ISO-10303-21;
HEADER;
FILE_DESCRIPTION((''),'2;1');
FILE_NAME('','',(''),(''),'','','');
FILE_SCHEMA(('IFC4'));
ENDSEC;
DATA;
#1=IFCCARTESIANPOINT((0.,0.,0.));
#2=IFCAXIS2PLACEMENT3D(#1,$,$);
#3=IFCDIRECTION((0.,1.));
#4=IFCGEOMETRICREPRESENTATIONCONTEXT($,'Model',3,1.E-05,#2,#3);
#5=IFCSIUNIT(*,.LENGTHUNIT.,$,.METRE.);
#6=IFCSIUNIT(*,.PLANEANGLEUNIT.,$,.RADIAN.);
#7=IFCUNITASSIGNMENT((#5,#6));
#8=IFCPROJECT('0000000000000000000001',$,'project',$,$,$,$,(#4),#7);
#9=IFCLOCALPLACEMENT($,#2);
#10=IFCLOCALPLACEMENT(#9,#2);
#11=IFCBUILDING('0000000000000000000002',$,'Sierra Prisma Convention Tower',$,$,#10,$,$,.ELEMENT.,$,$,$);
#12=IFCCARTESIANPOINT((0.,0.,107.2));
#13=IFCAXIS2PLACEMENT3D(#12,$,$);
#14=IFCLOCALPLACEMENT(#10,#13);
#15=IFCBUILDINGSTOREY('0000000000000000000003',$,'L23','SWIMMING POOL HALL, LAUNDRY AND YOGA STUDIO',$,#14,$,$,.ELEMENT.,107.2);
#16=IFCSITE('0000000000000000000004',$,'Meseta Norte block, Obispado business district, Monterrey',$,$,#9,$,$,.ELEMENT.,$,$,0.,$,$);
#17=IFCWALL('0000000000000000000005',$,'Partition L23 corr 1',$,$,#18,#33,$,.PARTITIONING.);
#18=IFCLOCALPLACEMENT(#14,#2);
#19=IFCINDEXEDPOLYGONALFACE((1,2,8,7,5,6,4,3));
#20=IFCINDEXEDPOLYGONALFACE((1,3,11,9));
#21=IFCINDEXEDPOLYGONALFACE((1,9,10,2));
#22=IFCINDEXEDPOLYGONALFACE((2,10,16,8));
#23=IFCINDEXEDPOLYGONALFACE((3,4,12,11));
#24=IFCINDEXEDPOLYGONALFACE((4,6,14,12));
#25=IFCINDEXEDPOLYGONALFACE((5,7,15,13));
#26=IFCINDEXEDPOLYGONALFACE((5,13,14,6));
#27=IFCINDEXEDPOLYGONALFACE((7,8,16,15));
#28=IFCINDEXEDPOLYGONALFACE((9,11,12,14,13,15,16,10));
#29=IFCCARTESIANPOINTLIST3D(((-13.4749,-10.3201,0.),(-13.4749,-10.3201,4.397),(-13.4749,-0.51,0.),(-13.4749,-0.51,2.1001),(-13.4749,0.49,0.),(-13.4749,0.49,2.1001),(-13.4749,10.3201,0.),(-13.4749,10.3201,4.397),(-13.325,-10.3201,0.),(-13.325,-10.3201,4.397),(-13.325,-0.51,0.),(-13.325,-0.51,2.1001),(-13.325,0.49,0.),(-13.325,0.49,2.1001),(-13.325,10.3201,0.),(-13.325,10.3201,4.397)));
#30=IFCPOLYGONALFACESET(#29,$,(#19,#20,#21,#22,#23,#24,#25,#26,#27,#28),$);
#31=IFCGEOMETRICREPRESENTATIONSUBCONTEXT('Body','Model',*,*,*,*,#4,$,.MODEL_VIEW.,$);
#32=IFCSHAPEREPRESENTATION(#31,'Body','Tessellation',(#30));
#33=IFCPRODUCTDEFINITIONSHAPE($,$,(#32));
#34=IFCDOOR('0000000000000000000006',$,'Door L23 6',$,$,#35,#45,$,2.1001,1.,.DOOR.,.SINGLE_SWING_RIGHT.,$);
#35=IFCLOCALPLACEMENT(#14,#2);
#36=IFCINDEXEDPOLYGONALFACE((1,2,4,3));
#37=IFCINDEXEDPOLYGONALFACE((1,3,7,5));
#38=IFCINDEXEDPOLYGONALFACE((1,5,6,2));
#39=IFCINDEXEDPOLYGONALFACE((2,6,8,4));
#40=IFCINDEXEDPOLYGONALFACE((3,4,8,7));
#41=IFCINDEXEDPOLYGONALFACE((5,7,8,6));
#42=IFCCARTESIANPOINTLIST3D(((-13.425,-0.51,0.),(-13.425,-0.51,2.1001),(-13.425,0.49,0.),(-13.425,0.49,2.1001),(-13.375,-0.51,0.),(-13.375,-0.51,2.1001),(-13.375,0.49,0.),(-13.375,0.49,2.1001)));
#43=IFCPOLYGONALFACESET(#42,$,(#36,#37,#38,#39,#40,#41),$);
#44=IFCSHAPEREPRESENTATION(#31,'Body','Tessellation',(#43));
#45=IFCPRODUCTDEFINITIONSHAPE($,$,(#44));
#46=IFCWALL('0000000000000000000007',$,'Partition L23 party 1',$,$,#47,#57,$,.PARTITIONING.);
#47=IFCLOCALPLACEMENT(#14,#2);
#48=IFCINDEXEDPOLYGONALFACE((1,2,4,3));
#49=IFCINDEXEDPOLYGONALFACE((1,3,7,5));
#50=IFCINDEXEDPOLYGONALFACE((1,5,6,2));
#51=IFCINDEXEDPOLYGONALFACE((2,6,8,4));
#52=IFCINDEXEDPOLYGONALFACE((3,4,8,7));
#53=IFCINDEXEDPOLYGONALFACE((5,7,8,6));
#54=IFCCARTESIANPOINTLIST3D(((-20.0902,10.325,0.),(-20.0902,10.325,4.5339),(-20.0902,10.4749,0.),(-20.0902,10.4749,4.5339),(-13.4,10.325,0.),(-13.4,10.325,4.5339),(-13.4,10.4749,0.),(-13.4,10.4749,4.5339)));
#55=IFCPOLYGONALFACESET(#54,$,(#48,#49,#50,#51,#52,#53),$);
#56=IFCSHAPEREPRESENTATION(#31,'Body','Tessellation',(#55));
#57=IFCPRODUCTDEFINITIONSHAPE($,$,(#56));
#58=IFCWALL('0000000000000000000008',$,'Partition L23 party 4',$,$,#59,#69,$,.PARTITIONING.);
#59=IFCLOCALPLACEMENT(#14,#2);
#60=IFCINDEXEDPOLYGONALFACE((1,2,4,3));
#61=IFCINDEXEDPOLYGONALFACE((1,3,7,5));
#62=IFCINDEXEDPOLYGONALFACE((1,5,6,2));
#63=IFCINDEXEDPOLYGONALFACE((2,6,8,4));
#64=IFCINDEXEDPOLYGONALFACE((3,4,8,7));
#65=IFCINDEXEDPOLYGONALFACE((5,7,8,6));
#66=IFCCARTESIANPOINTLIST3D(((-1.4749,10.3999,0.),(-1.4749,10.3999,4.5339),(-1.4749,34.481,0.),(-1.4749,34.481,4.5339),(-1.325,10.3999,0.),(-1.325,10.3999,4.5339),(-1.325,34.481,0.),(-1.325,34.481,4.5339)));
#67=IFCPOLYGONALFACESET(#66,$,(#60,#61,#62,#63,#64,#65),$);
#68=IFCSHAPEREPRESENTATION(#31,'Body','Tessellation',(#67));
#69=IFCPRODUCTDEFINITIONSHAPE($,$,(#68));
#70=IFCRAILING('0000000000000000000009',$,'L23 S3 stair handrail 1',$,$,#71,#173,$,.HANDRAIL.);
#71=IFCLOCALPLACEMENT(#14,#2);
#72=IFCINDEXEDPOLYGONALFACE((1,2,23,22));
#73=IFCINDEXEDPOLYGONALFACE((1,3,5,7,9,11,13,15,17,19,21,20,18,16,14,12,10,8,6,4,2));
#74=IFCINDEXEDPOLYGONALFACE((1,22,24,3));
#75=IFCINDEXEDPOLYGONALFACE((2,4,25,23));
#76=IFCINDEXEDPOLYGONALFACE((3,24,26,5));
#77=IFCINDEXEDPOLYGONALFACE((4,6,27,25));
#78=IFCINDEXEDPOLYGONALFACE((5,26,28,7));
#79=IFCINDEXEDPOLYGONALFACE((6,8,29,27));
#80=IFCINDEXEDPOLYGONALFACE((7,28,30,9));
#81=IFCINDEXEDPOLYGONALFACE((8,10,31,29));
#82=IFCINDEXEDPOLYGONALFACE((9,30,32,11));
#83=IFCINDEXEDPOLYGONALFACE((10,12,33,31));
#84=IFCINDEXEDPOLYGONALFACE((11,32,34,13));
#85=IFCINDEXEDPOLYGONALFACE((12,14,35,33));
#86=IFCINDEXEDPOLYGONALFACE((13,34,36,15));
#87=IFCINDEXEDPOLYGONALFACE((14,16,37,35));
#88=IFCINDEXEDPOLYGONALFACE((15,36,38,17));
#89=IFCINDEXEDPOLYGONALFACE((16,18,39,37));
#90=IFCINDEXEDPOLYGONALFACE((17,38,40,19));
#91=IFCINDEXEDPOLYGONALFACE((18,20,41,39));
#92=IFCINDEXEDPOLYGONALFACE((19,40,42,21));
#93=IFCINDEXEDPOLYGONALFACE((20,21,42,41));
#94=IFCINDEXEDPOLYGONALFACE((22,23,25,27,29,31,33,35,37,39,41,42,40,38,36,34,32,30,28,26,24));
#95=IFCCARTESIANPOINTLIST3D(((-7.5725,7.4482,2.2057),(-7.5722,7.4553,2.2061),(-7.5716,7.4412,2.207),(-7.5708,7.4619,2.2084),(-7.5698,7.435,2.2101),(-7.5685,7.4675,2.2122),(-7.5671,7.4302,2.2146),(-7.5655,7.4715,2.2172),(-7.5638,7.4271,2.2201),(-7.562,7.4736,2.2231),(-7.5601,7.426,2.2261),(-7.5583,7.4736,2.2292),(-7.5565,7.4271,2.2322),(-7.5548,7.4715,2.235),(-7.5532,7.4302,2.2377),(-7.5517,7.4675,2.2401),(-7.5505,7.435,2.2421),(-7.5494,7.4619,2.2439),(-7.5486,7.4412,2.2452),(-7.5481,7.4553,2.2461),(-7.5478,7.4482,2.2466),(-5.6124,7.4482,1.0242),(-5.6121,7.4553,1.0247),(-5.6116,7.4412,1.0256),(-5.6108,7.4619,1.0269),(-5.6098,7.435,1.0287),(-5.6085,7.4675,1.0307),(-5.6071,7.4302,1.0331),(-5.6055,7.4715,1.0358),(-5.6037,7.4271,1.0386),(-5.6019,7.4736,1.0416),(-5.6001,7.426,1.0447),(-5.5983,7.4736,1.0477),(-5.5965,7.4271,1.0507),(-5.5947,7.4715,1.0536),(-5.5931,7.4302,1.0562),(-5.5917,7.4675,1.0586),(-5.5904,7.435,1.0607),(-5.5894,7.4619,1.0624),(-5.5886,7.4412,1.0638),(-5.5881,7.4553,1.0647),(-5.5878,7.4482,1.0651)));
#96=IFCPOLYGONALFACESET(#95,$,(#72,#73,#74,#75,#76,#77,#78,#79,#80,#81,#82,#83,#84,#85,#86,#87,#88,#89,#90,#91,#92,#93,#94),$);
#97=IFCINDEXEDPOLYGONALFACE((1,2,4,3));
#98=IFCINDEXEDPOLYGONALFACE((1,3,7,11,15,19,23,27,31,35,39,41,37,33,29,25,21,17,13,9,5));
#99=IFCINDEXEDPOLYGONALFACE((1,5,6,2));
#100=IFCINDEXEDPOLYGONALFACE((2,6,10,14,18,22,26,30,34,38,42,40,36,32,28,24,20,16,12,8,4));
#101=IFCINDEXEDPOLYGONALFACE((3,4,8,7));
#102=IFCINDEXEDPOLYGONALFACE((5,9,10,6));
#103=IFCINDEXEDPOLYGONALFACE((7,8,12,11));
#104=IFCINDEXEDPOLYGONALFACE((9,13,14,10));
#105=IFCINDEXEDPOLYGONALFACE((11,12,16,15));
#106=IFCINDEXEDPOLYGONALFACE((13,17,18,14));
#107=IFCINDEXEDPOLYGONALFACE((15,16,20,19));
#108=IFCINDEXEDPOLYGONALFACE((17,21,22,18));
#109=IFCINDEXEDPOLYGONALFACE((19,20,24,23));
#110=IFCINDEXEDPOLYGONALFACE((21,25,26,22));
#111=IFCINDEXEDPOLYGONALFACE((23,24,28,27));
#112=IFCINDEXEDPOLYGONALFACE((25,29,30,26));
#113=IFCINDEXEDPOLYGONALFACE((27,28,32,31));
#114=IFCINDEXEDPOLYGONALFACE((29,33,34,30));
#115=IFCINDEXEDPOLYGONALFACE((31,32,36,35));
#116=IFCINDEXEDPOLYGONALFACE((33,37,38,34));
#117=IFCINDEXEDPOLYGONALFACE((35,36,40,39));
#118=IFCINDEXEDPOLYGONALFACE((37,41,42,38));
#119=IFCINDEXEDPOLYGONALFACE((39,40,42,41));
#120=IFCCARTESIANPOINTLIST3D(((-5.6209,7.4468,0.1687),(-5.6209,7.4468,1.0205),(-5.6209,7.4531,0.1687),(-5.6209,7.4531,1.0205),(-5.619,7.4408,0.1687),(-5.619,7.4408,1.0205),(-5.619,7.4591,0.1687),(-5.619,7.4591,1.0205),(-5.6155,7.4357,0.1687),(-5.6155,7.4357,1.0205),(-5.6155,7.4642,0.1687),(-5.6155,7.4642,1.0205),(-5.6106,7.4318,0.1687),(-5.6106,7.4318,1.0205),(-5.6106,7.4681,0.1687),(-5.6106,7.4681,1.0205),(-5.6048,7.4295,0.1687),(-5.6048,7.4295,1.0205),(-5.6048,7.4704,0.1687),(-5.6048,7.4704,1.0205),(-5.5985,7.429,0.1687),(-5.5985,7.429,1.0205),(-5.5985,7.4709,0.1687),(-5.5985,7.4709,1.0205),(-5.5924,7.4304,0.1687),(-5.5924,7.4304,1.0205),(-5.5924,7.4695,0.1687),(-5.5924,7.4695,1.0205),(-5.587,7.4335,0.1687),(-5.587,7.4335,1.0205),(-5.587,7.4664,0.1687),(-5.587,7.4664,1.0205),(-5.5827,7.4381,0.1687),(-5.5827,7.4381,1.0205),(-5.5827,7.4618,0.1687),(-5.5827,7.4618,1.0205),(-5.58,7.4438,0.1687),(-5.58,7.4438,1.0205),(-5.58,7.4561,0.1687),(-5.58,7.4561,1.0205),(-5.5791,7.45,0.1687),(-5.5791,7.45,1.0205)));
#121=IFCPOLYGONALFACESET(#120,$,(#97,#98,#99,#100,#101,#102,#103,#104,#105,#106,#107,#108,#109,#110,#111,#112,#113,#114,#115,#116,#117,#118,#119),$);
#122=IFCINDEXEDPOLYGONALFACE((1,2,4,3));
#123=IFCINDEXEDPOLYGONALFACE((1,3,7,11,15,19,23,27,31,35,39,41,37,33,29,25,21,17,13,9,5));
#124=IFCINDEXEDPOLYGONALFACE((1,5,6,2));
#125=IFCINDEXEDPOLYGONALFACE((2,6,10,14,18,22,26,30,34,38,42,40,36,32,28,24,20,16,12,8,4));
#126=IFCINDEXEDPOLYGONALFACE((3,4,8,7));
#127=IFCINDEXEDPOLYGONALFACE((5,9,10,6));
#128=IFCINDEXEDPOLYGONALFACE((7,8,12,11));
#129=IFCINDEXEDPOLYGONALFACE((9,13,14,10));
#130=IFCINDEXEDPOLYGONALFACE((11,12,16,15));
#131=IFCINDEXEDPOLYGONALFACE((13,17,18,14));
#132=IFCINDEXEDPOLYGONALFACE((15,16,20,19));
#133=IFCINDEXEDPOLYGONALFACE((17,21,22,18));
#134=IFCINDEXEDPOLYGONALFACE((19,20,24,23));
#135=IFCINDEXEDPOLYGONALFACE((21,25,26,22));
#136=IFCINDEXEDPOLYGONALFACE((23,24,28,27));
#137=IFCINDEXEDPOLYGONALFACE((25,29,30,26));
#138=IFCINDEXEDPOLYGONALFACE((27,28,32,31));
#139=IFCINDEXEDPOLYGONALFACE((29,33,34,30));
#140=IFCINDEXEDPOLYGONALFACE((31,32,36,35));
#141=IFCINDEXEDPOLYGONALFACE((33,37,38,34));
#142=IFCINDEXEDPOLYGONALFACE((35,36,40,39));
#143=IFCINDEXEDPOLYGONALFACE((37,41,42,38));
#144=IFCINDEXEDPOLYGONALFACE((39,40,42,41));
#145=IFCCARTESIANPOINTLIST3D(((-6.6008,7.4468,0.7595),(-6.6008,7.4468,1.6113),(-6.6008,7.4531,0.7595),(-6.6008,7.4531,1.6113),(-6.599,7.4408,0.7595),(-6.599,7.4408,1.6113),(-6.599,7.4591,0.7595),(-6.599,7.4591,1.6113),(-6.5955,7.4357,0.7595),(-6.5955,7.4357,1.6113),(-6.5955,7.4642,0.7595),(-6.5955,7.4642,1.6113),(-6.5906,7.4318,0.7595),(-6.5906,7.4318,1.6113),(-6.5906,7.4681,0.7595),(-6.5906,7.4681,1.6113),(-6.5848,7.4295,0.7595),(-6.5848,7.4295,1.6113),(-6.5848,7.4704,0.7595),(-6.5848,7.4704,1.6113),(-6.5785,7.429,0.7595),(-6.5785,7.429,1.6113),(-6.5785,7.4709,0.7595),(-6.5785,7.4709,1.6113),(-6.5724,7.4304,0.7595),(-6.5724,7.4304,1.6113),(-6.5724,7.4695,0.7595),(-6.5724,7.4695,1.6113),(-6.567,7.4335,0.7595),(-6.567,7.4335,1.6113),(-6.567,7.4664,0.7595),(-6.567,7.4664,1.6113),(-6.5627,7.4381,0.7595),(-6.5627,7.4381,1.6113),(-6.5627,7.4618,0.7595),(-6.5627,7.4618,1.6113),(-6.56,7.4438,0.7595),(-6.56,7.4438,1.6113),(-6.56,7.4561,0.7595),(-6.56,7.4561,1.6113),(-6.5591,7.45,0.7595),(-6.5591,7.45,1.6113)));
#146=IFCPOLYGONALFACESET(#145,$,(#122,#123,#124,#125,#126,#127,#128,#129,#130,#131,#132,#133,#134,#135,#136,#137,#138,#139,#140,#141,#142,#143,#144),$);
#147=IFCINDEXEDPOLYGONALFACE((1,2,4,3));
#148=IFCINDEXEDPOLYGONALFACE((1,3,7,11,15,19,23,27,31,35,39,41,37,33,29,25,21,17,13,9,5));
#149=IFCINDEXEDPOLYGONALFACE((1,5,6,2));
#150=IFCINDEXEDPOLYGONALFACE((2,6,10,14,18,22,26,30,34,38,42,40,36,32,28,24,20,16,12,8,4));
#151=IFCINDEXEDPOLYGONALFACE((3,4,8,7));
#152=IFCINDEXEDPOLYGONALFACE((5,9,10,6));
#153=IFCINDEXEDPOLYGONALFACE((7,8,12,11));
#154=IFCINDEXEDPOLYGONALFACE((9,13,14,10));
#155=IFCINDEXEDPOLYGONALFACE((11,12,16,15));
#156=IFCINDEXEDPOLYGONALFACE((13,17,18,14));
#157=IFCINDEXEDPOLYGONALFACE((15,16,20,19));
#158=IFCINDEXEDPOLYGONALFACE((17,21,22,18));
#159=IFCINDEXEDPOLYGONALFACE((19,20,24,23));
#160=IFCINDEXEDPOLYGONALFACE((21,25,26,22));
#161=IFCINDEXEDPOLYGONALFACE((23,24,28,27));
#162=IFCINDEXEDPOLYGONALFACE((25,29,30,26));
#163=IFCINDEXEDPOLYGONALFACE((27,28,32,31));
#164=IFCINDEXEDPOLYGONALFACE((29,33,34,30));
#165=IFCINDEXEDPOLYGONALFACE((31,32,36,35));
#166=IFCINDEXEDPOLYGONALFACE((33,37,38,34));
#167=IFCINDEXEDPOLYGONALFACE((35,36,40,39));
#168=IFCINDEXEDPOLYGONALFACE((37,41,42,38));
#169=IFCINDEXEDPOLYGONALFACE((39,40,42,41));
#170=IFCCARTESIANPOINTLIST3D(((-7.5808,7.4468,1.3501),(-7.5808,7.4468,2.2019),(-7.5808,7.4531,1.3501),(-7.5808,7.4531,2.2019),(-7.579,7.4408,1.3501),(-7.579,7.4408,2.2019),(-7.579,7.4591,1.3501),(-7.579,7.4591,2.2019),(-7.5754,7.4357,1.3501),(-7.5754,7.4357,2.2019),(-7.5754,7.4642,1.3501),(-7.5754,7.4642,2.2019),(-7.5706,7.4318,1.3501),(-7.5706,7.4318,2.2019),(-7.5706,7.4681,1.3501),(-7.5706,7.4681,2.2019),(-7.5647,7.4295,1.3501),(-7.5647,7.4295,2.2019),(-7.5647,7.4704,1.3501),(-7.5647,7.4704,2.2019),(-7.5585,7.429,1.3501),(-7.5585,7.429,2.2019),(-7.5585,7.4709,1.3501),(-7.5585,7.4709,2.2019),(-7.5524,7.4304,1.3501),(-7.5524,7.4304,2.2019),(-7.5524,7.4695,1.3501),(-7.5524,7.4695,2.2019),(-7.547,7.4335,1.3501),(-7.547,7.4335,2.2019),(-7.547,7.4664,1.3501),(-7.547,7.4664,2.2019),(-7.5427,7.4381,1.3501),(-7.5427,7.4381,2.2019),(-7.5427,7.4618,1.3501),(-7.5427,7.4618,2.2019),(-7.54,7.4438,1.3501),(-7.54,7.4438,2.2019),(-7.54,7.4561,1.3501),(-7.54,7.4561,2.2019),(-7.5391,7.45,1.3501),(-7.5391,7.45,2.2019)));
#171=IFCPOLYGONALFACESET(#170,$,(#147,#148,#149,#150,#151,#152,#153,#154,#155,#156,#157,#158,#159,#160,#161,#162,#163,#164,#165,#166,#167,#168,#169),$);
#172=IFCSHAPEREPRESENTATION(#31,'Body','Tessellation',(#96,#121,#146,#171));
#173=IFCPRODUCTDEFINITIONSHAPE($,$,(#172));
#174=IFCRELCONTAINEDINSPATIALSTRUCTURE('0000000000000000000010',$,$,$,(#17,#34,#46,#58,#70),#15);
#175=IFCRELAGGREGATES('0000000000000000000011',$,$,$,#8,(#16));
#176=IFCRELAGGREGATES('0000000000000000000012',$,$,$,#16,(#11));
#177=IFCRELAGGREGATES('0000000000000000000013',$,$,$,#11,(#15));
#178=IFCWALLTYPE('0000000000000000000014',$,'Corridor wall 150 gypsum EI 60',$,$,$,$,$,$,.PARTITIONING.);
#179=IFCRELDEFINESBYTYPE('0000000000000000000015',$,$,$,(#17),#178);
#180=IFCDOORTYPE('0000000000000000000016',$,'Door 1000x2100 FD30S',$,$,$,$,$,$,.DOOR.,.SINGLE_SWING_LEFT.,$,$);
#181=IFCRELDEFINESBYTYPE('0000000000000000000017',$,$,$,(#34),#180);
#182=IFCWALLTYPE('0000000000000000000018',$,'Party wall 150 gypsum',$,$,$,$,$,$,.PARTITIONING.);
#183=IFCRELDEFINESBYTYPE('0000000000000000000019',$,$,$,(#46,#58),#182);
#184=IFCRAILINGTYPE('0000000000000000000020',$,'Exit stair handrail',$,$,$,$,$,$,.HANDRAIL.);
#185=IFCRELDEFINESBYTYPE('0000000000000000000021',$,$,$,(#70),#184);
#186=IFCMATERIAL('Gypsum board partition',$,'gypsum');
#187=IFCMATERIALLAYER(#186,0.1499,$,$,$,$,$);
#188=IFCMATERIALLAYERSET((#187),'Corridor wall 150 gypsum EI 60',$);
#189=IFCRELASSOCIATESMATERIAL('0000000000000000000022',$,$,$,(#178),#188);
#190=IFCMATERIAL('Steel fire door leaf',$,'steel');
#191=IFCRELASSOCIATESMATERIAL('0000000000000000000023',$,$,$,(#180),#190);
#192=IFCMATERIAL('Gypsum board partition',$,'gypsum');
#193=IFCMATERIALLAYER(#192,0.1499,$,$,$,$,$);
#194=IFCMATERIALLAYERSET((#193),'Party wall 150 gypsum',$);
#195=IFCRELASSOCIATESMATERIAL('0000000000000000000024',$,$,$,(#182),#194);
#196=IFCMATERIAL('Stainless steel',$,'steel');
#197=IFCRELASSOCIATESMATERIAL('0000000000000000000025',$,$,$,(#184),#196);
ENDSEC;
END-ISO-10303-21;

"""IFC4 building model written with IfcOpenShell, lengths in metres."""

from ifc_helpers import new_model, si_unit, direction, frame, frame_2d, origin, origin_2d, place, context, subcontext, project, spatial, rectangle, circle, extrude, material, layer, layer_set, type_object, element, fill, save


model = new_model("IFC4")

# Units and contexts
model_context = context("Model", 3, precision=1e-05, world=origin(), true_north=direction((0.0, 1.0)))
body_context = subcontext(model_context, "Body", "Model", "MODEL_VIEW")
ifc_project = project(units=[si_unit("LENGTHUNIT", "METRE"), si_unit("PLANEANGLEUNIT", "RADIAN")], contexts=[model_context])

# Site, building, storey
site_placement = place(None, origin())
site = spatial("IfcSite", under=ifc_project, at=site_placement, Name="Meseta Norte block, Obispado business district, Monterrey", CompositionType="ELEMENT", RefElevation=0.0)
building_placement = place(site_placement, origin())
building = spatial("IfcBuilding", under=site, at=building_placement, Name="Sierra Prisma Convention Tower", CompositionType="ELEMENT")
storey_placement = place(building_placement, frame((0.0, 0.0, 107.2)))
storey = spatial("IfcBuildingStorey", under=building, at=storey_placement, Name="L23", Description="SWIMMING POOL HALL, LAUNDRY AND YOGA STUDIO", CompositionType="ELEMENT", Elevation=107.2)

# Wall, opening, door
ifc_material_1 = material(Name="Gypsum board partition", Category="gypsum")
ifc_layer_1 = layer(ifc_material_1, 0.1499)
ifc_layer_set_1 = layer_set([ifc_layer_1], Name="Corridor wall 150 gypsum EI 60")
wall_type_1 = type_object("IfcWallType", Name="Corridor wall 150 gypsum EI 60", PredefinedType="PARTITIONING", material=ifc_layer_set_1)
wall_1_placement = place(storey_placement, frame((-13.3999, 10.3201, 0.0), z_axis=(0.0, 0.0, 1.0), x_axis=(0.0, -1.0, 0.0)))
wall_1 = element("IfcWall", 1, at=wall_1_placement, inside=storey, type_object=wall_type_1, Name="Partition L23 corr 1", PredefinedType="PARTITIONING", context=body_context, shape_type="SweptSolid", body=[
    extrude(rectangle(XDim=20.6401, YDim=0.1499, at=frame_2d((10.3201, 0.0))), origin(), (0.0, 0.0, 1.0), 4.397),
])
opening_1_placement = place(wall_1_placement, frame((9.8301, 0.0, 0.0)))
opening_1 = element("IfcOpeningElement", 2, at=opening_1_placement, cuts=wall_1, PredefinedType="OPENING", context=body_context, shape_type="SweptSolid", body=[
    extrude(rectangle(XDim=1.0, YDim=2.1001, at=frame_2d((0.5, 1.05))), frame((0.0, 0.075, 0.0), z_axis=(0.0, -1.0, 0.0), x_axis=(1.0, 0.0, 0.0)), (0.0, 0.0, 1.0), 0.1499),
])
ifc_material_2 = material(Name="Steel fire door leaf", Category="steel")
door_type_1 = type_object("IfcDoorType", Name="Door 1000x2100 FD30S", OperationType="SINGLE_SWING_LEFT", PredefinedType="DOOR", material=ifc_material_2)
door_1_placement = place(opening_1_placement, origin())
door_1 = element("IfcDoor", 3, at=door_1_placement, inside=storey, type_object=door_type_1, Name="Door L23 6", OperationType="SINGLE_SWING_RIGHT", OverallHeight=2.1001, OverallWidth=1.0, PredefinedType="DOOR", context=body_context, shape_type="SweptSolid", body=[
    extrude(rectangle(XDim=1.0, YDim=2.1001, at=frame_2d((0.5, 1.05))), frame((0.0, 0.0249, 0.0), z_axis=(0.0, -1.0, 0.0), x_axis=(1.0, 0.0, 0.0)), (0.0, 0.0, 1.0), 0.05),
])
fill(opening_1, door_1)

# Walls
ifc_material_3 = material(Name="Gypsum board partition", Category="gypsum")
ifc_layer_2 = layer(ifc_material_3, 0.1499)
ifc_layer_set_2 = layer_set([ifc_layer_2], Name="Party wall 150 gypsum")
wall_type_2 = type_object("IfcWallType", Name="Party wall 150 gypsum", PredefinedType="PARTITIONING", material=ifc_layer_set_2)
wall_2_placement = place(storey_placement, frame((-13.3999, 10.3999, 0.0), z_axis=(0.0, 0.0, 1.0), x_axis=(-1.0, 0.0, 0.0)))
element("IfcWall", 4, at=wall_2_placement, inside=storey, type_object=wall_type_2, Name="Partition L23 party 1", PredefinedType="PARTITIONING", context=body_context, shape_type="SweptSolid", body=[
    extrude(rectangle(XDim=6.6902, YDim=0.1499, at=frame_2d((3.3452, 0.0))), origin(), (0.0, 0.0, 1.0), 4.5339),
])
wall_3_placement = place(storey_placement, frame((-1.3999, 10.3999, 0.0), z_axis=(0.0, 0.0, 1.0), x_axis=(0.0, 1.0, 0.0)))
element("IfcWall", 5, at=wall_3_placement, inside=storey, type_object=wall_type_2, Name="Partition L23 party 4", PredefinedType="PARTITIONING", context=body_context, shape_type="SweptSolid", body=[
    extrude(rectangle(XDim=24.0811, YDim=0.1499, at=frame_2d((12.0405, 0.0))), origin(), (0.0, 0.0, 1.0), 4.5339),
])

# Railing
ifc_material_4 = material(Name="Stainless steel", Category="steel")
railing_type = type_object("IfcRailingType", Name="Exit stair handrail", PredefinedType="HANDRAIL", material=ifc_material_4)
railing_1_placement = place(storey_placement, frame((-5.6001, 7.45, 0.1687)))
element("IfcRailing", 6, at=railing_1_placement, inside=storey, type_object=railing_type, Name="L23 S3 stair handrail 1", PredefinedType="HANDRAIL", context=body_context, shape_type="SweptSolid", body=[
    extrude(circle(Radius=0.0239, at=origin_2d()), frame((0.0, 0.0, 0.876), z_axis=(-0.856446, 0.0, 0.516236), x_axis=(0.0, -1.0, 0.0)), (0.0, 0.0, 1.0), 2.2886),
    extrude(circle(Radius=0.021, at=origin_2d()), origin(), (0.0, 0.0, 1.0), 0.8518),
    extrude(circle(Radius=0.021, at=origin_2d()), frame((-0.98, 0.0, 0.5908)), (0.0, 0.0, 1.0), 0.8518),
    extrude(circle(Radius=0.021, at=origin_2d()), frame((-1.96, 0.0, 1.1814)), (0.0, 0.0, 1.0), 0.8518),
])

save(model, "model.ifc")
